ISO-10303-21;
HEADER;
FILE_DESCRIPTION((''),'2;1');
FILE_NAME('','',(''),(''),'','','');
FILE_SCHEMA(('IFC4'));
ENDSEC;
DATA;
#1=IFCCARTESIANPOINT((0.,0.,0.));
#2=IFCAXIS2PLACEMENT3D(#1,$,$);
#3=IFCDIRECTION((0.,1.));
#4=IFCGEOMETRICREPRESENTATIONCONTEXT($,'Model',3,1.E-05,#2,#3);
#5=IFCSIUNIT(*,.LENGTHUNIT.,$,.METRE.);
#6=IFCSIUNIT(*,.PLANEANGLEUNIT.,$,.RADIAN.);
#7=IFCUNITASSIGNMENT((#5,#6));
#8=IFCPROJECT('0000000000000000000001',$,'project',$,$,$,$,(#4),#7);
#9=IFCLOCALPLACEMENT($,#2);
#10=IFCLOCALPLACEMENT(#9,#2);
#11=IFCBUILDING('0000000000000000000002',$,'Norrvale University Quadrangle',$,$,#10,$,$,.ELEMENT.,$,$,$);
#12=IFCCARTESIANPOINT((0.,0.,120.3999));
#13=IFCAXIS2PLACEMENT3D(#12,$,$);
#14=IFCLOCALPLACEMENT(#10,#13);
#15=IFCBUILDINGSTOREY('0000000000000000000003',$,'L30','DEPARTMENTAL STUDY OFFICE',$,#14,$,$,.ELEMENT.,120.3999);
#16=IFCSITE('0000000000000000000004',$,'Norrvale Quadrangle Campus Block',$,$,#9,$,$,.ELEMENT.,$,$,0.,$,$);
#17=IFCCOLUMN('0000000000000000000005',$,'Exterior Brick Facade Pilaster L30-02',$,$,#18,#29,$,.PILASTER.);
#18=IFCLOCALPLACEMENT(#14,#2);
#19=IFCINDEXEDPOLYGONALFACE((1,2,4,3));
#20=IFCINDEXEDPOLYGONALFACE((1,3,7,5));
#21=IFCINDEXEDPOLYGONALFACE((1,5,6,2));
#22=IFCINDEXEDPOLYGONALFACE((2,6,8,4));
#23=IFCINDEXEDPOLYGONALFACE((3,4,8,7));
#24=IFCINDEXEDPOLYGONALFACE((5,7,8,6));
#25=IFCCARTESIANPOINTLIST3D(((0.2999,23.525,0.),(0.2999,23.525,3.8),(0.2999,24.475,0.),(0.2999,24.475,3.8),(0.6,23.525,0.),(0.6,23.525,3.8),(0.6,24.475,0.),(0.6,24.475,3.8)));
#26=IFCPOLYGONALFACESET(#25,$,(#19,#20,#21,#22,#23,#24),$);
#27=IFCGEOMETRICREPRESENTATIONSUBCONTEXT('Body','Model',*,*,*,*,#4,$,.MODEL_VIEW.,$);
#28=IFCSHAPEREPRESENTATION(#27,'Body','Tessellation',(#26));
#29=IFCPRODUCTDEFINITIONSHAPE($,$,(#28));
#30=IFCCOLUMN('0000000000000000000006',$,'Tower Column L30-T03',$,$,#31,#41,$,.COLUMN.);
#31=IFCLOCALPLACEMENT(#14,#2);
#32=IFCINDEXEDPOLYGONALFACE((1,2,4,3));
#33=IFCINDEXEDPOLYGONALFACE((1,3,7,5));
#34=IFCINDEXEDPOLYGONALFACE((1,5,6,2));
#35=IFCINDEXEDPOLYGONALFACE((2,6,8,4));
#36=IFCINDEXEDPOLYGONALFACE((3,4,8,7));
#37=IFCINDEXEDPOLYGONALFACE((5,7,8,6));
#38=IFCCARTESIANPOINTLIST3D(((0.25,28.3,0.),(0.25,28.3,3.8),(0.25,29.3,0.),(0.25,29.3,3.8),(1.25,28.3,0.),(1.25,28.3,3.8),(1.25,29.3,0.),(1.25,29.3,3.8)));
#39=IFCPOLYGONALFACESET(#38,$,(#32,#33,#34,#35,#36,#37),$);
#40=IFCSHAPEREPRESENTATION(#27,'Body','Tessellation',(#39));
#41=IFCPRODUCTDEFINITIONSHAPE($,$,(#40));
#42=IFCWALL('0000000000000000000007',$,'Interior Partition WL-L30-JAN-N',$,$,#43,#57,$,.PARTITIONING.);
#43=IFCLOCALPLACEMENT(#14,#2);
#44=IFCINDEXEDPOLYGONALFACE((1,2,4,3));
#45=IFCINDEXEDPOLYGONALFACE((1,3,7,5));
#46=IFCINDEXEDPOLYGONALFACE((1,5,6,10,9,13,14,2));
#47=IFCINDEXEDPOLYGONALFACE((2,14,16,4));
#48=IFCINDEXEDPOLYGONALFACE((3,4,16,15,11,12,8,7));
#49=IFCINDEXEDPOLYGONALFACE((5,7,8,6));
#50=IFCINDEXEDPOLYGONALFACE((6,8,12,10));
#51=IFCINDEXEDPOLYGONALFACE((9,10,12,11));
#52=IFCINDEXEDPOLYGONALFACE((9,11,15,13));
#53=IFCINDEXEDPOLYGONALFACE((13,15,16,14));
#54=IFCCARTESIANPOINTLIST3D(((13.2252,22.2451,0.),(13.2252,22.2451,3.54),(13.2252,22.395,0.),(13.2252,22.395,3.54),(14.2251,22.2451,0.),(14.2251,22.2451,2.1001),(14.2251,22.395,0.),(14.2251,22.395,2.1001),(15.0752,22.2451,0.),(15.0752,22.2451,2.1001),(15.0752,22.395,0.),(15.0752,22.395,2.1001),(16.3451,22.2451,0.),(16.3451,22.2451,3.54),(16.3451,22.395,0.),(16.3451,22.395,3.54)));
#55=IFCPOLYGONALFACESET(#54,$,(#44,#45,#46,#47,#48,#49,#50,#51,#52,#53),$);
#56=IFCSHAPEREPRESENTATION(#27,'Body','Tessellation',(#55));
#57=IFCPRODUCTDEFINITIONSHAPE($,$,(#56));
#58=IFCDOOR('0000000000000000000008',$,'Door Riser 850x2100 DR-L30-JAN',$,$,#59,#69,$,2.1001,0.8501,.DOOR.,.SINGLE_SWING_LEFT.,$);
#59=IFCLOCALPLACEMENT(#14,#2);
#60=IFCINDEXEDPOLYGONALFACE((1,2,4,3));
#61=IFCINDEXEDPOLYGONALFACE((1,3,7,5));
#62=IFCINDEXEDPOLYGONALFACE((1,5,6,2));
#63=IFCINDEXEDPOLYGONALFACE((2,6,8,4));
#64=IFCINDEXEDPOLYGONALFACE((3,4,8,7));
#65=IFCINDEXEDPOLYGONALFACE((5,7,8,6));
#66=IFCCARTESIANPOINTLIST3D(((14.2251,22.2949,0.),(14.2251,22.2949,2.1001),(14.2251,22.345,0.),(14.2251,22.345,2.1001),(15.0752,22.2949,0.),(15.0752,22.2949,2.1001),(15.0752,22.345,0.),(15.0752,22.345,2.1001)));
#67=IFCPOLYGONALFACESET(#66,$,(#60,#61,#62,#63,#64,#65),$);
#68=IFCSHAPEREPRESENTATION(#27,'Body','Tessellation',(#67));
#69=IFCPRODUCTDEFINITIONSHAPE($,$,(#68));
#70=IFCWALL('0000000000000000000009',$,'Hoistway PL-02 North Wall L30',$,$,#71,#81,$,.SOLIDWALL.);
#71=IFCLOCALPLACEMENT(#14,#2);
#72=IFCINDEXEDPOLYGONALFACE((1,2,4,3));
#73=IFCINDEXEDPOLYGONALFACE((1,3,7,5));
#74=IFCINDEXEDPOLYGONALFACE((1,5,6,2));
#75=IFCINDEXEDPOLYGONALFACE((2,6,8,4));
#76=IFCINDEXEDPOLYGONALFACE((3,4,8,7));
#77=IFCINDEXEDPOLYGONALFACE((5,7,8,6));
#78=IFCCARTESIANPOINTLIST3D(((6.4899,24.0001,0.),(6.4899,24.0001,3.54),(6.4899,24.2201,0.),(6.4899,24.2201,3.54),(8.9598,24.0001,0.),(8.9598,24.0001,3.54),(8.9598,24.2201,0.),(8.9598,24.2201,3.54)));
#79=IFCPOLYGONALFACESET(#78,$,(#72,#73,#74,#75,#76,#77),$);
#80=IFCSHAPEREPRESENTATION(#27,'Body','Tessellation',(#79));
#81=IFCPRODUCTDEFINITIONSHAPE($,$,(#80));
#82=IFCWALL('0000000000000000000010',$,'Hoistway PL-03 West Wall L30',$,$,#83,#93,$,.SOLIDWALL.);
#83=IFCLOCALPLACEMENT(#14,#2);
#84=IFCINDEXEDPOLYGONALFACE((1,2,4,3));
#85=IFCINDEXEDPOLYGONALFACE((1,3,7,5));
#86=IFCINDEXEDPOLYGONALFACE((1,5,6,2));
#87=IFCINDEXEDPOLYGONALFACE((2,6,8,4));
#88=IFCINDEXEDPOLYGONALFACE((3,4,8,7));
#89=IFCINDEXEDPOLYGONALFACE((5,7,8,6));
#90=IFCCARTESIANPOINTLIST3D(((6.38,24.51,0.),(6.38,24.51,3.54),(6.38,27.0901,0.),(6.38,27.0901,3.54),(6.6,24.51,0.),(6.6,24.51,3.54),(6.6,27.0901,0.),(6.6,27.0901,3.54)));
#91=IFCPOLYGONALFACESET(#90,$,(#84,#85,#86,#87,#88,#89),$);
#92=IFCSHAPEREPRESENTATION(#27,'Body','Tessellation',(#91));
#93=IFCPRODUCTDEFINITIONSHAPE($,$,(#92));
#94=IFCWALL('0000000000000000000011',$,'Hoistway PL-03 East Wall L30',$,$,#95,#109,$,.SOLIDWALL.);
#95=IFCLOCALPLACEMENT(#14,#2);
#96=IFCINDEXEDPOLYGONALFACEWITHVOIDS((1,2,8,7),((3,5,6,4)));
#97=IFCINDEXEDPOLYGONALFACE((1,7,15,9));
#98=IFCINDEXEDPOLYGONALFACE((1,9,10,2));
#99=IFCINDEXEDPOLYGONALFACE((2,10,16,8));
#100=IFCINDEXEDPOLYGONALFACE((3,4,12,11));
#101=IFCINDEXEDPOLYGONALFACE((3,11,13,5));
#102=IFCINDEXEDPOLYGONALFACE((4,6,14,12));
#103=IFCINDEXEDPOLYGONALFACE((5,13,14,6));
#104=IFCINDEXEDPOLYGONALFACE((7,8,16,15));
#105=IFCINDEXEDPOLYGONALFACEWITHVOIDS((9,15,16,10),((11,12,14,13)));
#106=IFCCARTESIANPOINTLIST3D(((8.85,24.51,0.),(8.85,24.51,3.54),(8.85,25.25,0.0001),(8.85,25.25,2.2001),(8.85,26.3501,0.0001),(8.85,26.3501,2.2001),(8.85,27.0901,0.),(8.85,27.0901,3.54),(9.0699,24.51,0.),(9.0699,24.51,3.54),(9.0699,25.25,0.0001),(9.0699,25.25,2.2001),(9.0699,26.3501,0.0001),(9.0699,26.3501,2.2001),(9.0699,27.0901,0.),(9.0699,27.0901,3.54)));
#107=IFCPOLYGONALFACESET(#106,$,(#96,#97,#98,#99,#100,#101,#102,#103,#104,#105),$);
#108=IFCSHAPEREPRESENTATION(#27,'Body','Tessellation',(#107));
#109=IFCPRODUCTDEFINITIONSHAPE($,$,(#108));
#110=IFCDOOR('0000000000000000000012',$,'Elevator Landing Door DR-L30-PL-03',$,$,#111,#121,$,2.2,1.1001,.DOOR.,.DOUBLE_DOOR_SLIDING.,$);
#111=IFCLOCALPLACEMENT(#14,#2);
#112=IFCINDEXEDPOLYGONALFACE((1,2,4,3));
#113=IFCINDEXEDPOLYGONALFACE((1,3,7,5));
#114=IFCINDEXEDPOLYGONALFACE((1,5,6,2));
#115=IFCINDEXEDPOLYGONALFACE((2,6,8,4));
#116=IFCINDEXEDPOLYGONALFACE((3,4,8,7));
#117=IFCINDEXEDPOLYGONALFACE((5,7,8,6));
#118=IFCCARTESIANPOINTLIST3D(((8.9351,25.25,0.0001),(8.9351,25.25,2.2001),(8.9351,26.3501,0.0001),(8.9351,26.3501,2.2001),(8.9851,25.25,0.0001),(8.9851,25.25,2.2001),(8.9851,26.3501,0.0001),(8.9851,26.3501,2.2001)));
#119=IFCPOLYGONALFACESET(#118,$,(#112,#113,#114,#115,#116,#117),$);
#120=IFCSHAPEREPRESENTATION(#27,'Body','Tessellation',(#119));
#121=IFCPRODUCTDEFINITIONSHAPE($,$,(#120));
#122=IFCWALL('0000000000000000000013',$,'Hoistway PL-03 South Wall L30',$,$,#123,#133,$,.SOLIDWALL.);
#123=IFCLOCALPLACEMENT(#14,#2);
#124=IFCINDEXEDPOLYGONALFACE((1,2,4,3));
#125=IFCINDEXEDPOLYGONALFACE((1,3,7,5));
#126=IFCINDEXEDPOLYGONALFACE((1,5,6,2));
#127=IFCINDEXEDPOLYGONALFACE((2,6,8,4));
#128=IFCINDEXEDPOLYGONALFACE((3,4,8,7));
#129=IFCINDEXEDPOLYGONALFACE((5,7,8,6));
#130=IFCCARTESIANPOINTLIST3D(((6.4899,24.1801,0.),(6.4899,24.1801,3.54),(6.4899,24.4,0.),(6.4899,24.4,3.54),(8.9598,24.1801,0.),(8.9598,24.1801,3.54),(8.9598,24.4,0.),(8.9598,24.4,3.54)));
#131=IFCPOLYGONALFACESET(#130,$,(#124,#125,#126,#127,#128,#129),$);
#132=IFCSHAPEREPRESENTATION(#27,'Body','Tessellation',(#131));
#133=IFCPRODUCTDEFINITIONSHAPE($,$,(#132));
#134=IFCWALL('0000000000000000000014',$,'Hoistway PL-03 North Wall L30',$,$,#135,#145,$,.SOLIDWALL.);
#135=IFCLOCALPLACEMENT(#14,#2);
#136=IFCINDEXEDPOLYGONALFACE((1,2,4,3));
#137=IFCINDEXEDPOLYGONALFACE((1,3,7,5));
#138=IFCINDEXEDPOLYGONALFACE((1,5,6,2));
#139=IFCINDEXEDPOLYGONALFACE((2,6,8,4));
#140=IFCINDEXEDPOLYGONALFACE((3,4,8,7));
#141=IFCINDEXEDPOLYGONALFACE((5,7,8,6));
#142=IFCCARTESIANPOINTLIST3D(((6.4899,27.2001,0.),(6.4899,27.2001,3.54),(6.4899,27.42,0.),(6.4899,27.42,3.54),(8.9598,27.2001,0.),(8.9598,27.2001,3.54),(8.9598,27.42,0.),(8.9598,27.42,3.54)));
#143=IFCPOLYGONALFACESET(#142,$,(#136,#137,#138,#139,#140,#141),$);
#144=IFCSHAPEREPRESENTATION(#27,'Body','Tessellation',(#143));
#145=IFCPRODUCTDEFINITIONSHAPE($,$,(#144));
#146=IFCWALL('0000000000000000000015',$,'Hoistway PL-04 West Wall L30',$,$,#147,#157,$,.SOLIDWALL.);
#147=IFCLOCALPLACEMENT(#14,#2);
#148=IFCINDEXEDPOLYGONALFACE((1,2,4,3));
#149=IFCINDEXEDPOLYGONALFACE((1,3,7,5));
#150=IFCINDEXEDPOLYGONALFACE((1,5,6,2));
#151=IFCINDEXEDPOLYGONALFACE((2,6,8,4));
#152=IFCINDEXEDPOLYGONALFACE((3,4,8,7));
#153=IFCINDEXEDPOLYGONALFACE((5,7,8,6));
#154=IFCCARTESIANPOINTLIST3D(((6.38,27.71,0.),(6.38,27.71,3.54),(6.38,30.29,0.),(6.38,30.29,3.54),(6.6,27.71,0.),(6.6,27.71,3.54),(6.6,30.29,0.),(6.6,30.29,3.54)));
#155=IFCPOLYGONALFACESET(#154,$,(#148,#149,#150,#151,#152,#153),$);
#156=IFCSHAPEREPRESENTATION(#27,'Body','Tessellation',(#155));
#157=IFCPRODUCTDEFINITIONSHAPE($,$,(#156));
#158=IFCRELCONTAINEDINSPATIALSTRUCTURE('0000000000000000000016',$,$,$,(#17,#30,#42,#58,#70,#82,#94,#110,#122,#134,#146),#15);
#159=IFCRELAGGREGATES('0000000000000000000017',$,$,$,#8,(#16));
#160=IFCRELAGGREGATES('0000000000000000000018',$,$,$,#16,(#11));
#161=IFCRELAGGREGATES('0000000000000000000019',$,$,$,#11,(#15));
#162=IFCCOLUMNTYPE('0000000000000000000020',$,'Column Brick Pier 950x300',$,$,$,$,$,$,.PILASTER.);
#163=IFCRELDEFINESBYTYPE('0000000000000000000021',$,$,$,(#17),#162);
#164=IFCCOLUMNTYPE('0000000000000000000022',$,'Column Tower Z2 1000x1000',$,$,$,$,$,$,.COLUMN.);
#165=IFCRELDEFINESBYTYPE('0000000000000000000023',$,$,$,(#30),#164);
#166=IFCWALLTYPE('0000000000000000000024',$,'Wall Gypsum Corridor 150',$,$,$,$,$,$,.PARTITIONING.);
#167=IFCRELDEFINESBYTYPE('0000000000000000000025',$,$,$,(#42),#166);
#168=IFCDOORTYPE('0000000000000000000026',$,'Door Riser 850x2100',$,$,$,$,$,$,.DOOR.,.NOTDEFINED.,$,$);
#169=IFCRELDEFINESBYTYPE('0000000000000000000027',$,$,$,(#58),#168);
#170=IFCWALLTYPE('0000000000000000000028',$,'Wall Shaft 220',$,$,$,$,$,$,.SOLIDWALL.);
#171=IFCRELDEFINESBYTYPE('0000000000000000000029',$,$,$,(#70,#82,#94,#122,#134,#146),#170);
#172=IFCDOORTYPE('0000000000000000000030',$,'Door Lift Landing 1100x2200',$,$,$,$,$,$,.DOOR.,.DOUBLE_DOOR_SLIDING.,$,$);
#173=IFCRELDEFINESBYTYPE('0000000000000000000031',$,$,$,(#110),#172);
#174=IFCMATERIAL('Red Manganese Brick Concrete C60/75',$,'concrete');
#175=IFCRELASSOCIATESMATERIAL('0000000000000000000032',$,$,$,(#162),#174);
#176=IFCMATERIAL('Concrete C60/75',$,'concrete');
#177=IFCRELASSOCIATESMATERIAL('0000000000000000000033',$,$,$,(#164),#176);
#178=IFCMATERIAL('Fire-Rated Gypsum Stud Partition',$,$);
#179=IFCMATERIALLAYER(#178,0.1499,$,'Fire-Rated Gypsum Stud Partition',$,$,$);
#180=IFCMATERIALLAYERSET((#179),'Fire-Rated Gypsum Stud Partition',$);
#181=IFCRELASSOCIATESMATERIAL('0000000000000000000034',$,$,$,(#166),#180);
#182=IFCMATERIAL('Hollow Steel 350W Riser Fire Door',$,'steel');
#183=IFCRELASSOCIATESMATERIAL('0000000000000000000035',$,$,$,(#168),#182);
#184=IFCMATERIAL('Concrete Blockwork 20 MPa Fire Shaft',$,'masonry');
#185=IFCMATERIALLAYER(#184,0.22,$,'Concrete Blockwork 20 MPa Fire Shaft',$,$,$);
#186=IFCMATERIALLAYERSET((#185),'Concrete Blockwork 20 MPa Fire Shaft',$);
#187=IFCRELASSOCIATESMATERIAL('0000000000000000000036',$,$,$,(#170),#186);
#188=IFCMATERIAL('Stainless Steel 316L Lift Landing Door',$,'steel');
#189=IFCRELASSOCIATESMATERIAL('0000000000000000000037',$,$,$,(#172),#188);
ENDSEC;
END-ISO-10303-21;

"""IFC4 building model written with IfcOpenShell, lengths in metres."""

from ifc_helpers import new_model, si_unit, direction, frame, frame_2d, origin, origin_2d, place, context, subcontext, project, spatial, rectangle, extrude, material, layer, layer_set, material_profile, profile_set, type_object, element, fill, save


model = new_model("IFC4")

# Units and contexts
model_context = context("Model", 3, precision=1e-05, world=origin(), true_north=direction((0.0, 1.0)))
body_context = subcontext(model_context, "Body", "Model", "MODEL_VIEW")
ifc_project = project(units=[si_unit("LENGTHUNIT", "METRE"), si_unit("PLANEANGLEUNIT", "RADIAN")], contexts=[model_context])

# Site, building, storey
site_placement = place(None, origin())
site = spatial("IfcSite", under=ifc_project, at=site_placement, Name="Norrvale Quadrangle Campus Block", CompositionType="ELEMENT", RefElevation=0.0)
building_placement = place(site_placement, origin())
building = spatial("IfcBuilding", under=site, at=building_placement, Name="Norrvale University Quadrangle", CompositionType="ELEMENT")
storey_placement = place(building_placement, frame((0.0, 0.0, 120.3999)))
storey = spatial("IfcBuildingStorey", under=building, at=storey_placement, Name="L30", Description="DEPARTMENTAL STUDY OFFICE", CompositionType="ELEMENT", Elevation=120.3999)

# Columns
ifc_material_1 = material(Name="Red Manganese Brick Concrete C60/75", Category="concrete")
ifc_material_profile_1 = material_profile(ifc_material_1, rectangle(XDim=0.95, YDim=0.3, at=origin_2d()), Name="Red Manganese Brick Concrete C60/75")
ifc_profile_set_1 = profile_set([ifc_material_profile_1], Name="Red Manganese Brick Concrete C60/75")
column_type_1 = type_object("IfcColumnType", Name="Column Brick Pier 950x300", PredefinedType="PILASTER", material=ifc_profile_set_1)
column_1_placement = place(storey_placement, frame((0.45, 24.0, 0.0), z_axis=(0.0, 0.0, 1.0), x_axis=(0.0, 1.0, 0.0)))
element("IfcColumn", 1, at=column_1_placement, inside=storey, type_object=column_type_1, Name="Exterior Brick Facade Pilaster L30-02", PredefinedType="PILASTER", context=body_context, shape_type="SweptSolid", body=[
    extrude(rectangle(XDim=0.95, YDim=0.3, at=origin_2d()), origin(), (0.0, 0.0, 1.0), 3.8),
])
ifc_material_2 = material(Name="Concrete C60/75", Category="concrete")
ifc_material_profile_2 = material_profile(ifc_material_2, rectangle(XDim=1.0, YDim=1.0, at=origin_2d()), Name="Concrete C60/75")
ifc_profile_set_2 = profile_set([ifc_material_profile_2], Name="Concrete C60/75")
column_type_2 = type_object("IfcColumnType", Name="Column Tower Z2 1000x1000", PredefinedType="COLUMN", material=ifc_profile_set_2)
column_2_placement = place(storey_placement, frame((0.75, 28.8, 0.0), z_axis=(0.0, 0.0, 1.0), x_axis=(1.0, 0.0, 0.0)))
element("IfcColumn", 2, at=column_2_placement, inside=storey, type_object=column_type_2, Name="Tower Column L30-T03", PredefinedType="COLUMN", context=body_context, shape_type="SweptSolid", body=[
    extrude(rectangle(XDim=1.0, YDim=1.0, at=origin_2d()), origin(), (0.0, 0.0, 1.0), 3.8),
])

# Wall, opening, door
ifc_material_3 = material(Name="Fire-Rated Gypsum Stud Partition")
ifc_layer_1 = layer(ifc_material_3, 0.1499, Name="Fire-Rated Gypsum Stud Partition")
ifc_layer_set_1 = layer_set([ifc_layer_1], Name="Fire-Rated Gypsum Stud Partition")
wall_type_1 = type_object("IfcWallType", Name="Wall Gypsum Corridor 150", PredefinedType="PARTITIONING", material=ifc_layer_set_1)
wall_1_placement = place(storey_placement, frame((13.2251, 22.3201, 0.0), z_axis=(0.0, 0.0, 1.0), x_axis=(1.0, 0.0, 0.0)))
wall_1 = element("IfcWall", 3, at=wall_1_placement, inside=storey, type_object=wall_type_1, Name="Interior Partition WL-L30-JAN-N", PredefinedType="PARTITIONING", context=body_context, shape_type="SweptSolid", body=[
    extrude(rectangle(XDim=3.1199, YDim=0.1499, at=frame_2d((1.5601, 0.0))), origin(), (0.0, 0.0, 1.0), 3.54),
])
opening_1_placement = place(wall_1_placement, frame((1.0, 0.0, 0.0)))
opening_1 = element("IfcOpeningElement", 4, at=opening_1_placement, cuts=wall_1, PredefinedType="OPENING", context=body_context, shape_type="SweptSolid", body=[
    extrude(rectangle(XDim=0.8501, YDim=2.1001, at=frame_2d((0.425, 1.05))), frame((0.0, 0.0869, 0.0), z_axis=(0.0, -1.0, 0.0), x_axis=(1.0, 0.0, 0.0)), (0.0, 0.0, 1.0), 0.1738),
])
ifc_material_4 = material(Name="Hollow Steel 350W Riser Fire Door", Category="steel")
door_type_1 = type_object("IfcDoorType", Name="Door Riser 850x2100", OperationType="NOTDEFINED", PredefinedType="DOOR", material=ifc_material_4)
door_1_placement = place(opening_1_placement, origin())
door_1 = element("IfcDoor", 5, at=door_1_placement, inside=storey, type_object=door_type_1, Name="Door Riser 850x2100 DR-L30-JAN", OperationType="SINGLE_SWING_LEFT", OverallHeight=2.1001, OverallWidth=0.8501, PredefinedType="DOOR", context=body_context, shape_type="SweptSolid", body=[
    extrude(rectangle(XDim=0.8501, YDim=2.1001, at=frame_2d((0.425, 1.05))), frame((0.0, 0.0249, 0.0), z_axis=(0.0, -1.0, 0.0), x_axis=(1.0, 0.0, 0.0)), (0.0, 0.0, 1.0), 0.05),
])
fill(opening_1, door_1)

# Walls
ifc_material_5 = material(Name="Concrete Blockwork 20 MPa Fire Shaft", Category="masonry")
ifc_layer_2 = layer(ifc_material_5, 0.22, Name="Concrete Blockwork 20 MPa Fire Shaft")
ifc_layer_set_2 = layer_set([ifc_layer_2], Name="Concrete Blockwork 20 MPa Fire Shaft")
wall_type_2 = type_object("IfcWallType", Name="Wall Shaft 220", PredefinedType="SOLIDWALL", material=ifc_layer_set_2)
wall_2_placement = place(storey_placement, frame((6.49, 24.1101, 0.0), z_axis=(0.0, 0.0, 1.0), x_axis=(1.0, 0.0, 0.0)))
element("IfcWall", 6, at=wall_2_placement, inside=storey, type_object=wall_type_2, Name="Hoistway PL-02 North Wall L30", PredefinedType="SOLIDWALL", context=body_context, shape_type="SweptSolid", body=[
    extrude(rectangle(XDim=2.47, YDim=0.22, at=frame_2d((1.2349, 0.0))), origin(), (0.0, 0.0, 1.0), 3.54),
])
wall_3_placement = place(storey_placement, frame((6.49, 24.51, 0.0), z_axis=(0.0, 0.0, 1.0), x_axis=(0.0, 1.0, 0.0)))
element("IfcWall", 7, at=wall_3_placement, inside=storey, type_object=wall_type_2, Name="Hoistway PL-03 West Wall L30", PredefinedType="SOLIDWALL", context=body_context, shape_type="SweptSolid", body=[
    extrude(rectangle(XDim=2.5801, YDim=0.22, at=frame_2d((1.29, 0.0))), origin(), (0.0, 0.0, 1.0), 3.54),
])

# Wall, opening, door
wall_4_placement = place(storey_placement, frame((8.96, 24.51, 0.0), z_axis=(0.0, 0.0, 1.0), x_axis=(0.0, 1.0, 0.0)))
wall_4 = element("IfcWall", 8, at=wall_4_placement, inside=storey, type_object=wall_type_2, Name="Hoistway PL-03 East Wall L30", PredefinedType="SOLIDWALL", context=body_context, shape_type="SweptSolid", body=[
    extrude(rectangle(XDim=2.5801, YDim=0.22, at=frame_2d((1.29, 0.0))), origin(), (0.0, 0.0, 1.0), 3.54),
])
opening_2_placement = place(wall_4_placement, frame((0.74, 0.0, 0.0)))
opening_2 = element("IfcOpeningElement", 9, at=opening_2_placement, cuts=wall_4, PredefinedType="OPENING", context=body_context, shape_type="SweptSolid", body=[
    extrude(rectangle(XDim=1.1001, YDim=2.2, at=frame_2d((0.55, 1.1001))), frame((0.0, 0.1221, 0.0), z_axis=(0.0, -1.0, 0.0), x_axis=(1.0, 0.0, 0.0)), (0.0, 0.0, 1.0), 0.2439),
])
ifc_material_6 = material(Name="Stainless Steel 316L Lift Landing Door", Category="steel")
door_type_2 = type_object("IfcDoorType", Name="Door Lift Landing 1100x2200", OperationType="DOUBLE_DOOR_SLIDING", PredefinedType="DOOR", material=ifc_material_6)
door_2_placement = place(opening_2_placement, origin())
door_2 = element("IfcDoor", 10, at=door_2_placement, inside=storey, type_object=door_type_2, Name="Elevator Landing Door DR-L30-PL-03", OperationType="DOUBLE_DOOR_SLIDING", OverallHeight=2.2, OverallWidth=1.1001, PredefinedType="DOOR", context=body_context, shape_type="SweptSolid", body=[
    extrude(rectangle(XDim=1.1001, YDim=2.2, at=frame_2d((0.55, 1.1001))), frame((0.0, 0.0249, 0.0), z_axis=(0.0, -1.0, 0.0), x_axis=(1.0, 0.0, 0.0)), (0.0, 0.0, 1.0), 0.05),
])
fill(opening_2, door_2)

# Walls
for number, where, z_axis, x_axis, name in (
    (11, (6.49, 24.29, 0.0), (0.0, 0.0, 1.0), (1.0, 0.0, 0.0), "Hoistway PL-03 South Wall L30"),
    (12, (6.49, 27.3101, 0.0), (0.0, 0.0, 1.0), (1.0, 0.0, 0.0), "Hoistway PL-03 North Wall L30"),
):
    element("IfcWall", number, at=place(storey_placement, frame(where, z_axis=z_axis, x_axis=x_axis)), inside=storey, type_object=wall_type_2, Name=name, PredefinedType="SOLIDWALL", context=body_context, shape_type="SweptSolid", body=[
        extrude(rectangle(XDim=2.47, YDim=0.22, at=frame_2d((1.2349, 0.0))), origin(), (0.0, 0.0, 1.0), 3.54),
    ])
wall_5_placement = place(storey_placement, frame((6.49, 27.71, 0.0), z_axis=(0.0, 0.0, 1.0), x_axis=(0.0, 1.0, 0.0)))
element("IfcWall", 13, at=wall_5_placement, inside=storey, type_object=wall_type_2, Name="Hoistway PL-04 West Wall L30", PredefinedType="SOLIDWALL", context=body_context, shape_type="SweptSolid", body=[
    extrude(rectangle(XDim=2.5801, YDim=0.22, at=frame_2d((1.29, 0.0))), origin(), (0.0, 0.0, 1.0), 3.54),
])

save(model, "model.ifc")
